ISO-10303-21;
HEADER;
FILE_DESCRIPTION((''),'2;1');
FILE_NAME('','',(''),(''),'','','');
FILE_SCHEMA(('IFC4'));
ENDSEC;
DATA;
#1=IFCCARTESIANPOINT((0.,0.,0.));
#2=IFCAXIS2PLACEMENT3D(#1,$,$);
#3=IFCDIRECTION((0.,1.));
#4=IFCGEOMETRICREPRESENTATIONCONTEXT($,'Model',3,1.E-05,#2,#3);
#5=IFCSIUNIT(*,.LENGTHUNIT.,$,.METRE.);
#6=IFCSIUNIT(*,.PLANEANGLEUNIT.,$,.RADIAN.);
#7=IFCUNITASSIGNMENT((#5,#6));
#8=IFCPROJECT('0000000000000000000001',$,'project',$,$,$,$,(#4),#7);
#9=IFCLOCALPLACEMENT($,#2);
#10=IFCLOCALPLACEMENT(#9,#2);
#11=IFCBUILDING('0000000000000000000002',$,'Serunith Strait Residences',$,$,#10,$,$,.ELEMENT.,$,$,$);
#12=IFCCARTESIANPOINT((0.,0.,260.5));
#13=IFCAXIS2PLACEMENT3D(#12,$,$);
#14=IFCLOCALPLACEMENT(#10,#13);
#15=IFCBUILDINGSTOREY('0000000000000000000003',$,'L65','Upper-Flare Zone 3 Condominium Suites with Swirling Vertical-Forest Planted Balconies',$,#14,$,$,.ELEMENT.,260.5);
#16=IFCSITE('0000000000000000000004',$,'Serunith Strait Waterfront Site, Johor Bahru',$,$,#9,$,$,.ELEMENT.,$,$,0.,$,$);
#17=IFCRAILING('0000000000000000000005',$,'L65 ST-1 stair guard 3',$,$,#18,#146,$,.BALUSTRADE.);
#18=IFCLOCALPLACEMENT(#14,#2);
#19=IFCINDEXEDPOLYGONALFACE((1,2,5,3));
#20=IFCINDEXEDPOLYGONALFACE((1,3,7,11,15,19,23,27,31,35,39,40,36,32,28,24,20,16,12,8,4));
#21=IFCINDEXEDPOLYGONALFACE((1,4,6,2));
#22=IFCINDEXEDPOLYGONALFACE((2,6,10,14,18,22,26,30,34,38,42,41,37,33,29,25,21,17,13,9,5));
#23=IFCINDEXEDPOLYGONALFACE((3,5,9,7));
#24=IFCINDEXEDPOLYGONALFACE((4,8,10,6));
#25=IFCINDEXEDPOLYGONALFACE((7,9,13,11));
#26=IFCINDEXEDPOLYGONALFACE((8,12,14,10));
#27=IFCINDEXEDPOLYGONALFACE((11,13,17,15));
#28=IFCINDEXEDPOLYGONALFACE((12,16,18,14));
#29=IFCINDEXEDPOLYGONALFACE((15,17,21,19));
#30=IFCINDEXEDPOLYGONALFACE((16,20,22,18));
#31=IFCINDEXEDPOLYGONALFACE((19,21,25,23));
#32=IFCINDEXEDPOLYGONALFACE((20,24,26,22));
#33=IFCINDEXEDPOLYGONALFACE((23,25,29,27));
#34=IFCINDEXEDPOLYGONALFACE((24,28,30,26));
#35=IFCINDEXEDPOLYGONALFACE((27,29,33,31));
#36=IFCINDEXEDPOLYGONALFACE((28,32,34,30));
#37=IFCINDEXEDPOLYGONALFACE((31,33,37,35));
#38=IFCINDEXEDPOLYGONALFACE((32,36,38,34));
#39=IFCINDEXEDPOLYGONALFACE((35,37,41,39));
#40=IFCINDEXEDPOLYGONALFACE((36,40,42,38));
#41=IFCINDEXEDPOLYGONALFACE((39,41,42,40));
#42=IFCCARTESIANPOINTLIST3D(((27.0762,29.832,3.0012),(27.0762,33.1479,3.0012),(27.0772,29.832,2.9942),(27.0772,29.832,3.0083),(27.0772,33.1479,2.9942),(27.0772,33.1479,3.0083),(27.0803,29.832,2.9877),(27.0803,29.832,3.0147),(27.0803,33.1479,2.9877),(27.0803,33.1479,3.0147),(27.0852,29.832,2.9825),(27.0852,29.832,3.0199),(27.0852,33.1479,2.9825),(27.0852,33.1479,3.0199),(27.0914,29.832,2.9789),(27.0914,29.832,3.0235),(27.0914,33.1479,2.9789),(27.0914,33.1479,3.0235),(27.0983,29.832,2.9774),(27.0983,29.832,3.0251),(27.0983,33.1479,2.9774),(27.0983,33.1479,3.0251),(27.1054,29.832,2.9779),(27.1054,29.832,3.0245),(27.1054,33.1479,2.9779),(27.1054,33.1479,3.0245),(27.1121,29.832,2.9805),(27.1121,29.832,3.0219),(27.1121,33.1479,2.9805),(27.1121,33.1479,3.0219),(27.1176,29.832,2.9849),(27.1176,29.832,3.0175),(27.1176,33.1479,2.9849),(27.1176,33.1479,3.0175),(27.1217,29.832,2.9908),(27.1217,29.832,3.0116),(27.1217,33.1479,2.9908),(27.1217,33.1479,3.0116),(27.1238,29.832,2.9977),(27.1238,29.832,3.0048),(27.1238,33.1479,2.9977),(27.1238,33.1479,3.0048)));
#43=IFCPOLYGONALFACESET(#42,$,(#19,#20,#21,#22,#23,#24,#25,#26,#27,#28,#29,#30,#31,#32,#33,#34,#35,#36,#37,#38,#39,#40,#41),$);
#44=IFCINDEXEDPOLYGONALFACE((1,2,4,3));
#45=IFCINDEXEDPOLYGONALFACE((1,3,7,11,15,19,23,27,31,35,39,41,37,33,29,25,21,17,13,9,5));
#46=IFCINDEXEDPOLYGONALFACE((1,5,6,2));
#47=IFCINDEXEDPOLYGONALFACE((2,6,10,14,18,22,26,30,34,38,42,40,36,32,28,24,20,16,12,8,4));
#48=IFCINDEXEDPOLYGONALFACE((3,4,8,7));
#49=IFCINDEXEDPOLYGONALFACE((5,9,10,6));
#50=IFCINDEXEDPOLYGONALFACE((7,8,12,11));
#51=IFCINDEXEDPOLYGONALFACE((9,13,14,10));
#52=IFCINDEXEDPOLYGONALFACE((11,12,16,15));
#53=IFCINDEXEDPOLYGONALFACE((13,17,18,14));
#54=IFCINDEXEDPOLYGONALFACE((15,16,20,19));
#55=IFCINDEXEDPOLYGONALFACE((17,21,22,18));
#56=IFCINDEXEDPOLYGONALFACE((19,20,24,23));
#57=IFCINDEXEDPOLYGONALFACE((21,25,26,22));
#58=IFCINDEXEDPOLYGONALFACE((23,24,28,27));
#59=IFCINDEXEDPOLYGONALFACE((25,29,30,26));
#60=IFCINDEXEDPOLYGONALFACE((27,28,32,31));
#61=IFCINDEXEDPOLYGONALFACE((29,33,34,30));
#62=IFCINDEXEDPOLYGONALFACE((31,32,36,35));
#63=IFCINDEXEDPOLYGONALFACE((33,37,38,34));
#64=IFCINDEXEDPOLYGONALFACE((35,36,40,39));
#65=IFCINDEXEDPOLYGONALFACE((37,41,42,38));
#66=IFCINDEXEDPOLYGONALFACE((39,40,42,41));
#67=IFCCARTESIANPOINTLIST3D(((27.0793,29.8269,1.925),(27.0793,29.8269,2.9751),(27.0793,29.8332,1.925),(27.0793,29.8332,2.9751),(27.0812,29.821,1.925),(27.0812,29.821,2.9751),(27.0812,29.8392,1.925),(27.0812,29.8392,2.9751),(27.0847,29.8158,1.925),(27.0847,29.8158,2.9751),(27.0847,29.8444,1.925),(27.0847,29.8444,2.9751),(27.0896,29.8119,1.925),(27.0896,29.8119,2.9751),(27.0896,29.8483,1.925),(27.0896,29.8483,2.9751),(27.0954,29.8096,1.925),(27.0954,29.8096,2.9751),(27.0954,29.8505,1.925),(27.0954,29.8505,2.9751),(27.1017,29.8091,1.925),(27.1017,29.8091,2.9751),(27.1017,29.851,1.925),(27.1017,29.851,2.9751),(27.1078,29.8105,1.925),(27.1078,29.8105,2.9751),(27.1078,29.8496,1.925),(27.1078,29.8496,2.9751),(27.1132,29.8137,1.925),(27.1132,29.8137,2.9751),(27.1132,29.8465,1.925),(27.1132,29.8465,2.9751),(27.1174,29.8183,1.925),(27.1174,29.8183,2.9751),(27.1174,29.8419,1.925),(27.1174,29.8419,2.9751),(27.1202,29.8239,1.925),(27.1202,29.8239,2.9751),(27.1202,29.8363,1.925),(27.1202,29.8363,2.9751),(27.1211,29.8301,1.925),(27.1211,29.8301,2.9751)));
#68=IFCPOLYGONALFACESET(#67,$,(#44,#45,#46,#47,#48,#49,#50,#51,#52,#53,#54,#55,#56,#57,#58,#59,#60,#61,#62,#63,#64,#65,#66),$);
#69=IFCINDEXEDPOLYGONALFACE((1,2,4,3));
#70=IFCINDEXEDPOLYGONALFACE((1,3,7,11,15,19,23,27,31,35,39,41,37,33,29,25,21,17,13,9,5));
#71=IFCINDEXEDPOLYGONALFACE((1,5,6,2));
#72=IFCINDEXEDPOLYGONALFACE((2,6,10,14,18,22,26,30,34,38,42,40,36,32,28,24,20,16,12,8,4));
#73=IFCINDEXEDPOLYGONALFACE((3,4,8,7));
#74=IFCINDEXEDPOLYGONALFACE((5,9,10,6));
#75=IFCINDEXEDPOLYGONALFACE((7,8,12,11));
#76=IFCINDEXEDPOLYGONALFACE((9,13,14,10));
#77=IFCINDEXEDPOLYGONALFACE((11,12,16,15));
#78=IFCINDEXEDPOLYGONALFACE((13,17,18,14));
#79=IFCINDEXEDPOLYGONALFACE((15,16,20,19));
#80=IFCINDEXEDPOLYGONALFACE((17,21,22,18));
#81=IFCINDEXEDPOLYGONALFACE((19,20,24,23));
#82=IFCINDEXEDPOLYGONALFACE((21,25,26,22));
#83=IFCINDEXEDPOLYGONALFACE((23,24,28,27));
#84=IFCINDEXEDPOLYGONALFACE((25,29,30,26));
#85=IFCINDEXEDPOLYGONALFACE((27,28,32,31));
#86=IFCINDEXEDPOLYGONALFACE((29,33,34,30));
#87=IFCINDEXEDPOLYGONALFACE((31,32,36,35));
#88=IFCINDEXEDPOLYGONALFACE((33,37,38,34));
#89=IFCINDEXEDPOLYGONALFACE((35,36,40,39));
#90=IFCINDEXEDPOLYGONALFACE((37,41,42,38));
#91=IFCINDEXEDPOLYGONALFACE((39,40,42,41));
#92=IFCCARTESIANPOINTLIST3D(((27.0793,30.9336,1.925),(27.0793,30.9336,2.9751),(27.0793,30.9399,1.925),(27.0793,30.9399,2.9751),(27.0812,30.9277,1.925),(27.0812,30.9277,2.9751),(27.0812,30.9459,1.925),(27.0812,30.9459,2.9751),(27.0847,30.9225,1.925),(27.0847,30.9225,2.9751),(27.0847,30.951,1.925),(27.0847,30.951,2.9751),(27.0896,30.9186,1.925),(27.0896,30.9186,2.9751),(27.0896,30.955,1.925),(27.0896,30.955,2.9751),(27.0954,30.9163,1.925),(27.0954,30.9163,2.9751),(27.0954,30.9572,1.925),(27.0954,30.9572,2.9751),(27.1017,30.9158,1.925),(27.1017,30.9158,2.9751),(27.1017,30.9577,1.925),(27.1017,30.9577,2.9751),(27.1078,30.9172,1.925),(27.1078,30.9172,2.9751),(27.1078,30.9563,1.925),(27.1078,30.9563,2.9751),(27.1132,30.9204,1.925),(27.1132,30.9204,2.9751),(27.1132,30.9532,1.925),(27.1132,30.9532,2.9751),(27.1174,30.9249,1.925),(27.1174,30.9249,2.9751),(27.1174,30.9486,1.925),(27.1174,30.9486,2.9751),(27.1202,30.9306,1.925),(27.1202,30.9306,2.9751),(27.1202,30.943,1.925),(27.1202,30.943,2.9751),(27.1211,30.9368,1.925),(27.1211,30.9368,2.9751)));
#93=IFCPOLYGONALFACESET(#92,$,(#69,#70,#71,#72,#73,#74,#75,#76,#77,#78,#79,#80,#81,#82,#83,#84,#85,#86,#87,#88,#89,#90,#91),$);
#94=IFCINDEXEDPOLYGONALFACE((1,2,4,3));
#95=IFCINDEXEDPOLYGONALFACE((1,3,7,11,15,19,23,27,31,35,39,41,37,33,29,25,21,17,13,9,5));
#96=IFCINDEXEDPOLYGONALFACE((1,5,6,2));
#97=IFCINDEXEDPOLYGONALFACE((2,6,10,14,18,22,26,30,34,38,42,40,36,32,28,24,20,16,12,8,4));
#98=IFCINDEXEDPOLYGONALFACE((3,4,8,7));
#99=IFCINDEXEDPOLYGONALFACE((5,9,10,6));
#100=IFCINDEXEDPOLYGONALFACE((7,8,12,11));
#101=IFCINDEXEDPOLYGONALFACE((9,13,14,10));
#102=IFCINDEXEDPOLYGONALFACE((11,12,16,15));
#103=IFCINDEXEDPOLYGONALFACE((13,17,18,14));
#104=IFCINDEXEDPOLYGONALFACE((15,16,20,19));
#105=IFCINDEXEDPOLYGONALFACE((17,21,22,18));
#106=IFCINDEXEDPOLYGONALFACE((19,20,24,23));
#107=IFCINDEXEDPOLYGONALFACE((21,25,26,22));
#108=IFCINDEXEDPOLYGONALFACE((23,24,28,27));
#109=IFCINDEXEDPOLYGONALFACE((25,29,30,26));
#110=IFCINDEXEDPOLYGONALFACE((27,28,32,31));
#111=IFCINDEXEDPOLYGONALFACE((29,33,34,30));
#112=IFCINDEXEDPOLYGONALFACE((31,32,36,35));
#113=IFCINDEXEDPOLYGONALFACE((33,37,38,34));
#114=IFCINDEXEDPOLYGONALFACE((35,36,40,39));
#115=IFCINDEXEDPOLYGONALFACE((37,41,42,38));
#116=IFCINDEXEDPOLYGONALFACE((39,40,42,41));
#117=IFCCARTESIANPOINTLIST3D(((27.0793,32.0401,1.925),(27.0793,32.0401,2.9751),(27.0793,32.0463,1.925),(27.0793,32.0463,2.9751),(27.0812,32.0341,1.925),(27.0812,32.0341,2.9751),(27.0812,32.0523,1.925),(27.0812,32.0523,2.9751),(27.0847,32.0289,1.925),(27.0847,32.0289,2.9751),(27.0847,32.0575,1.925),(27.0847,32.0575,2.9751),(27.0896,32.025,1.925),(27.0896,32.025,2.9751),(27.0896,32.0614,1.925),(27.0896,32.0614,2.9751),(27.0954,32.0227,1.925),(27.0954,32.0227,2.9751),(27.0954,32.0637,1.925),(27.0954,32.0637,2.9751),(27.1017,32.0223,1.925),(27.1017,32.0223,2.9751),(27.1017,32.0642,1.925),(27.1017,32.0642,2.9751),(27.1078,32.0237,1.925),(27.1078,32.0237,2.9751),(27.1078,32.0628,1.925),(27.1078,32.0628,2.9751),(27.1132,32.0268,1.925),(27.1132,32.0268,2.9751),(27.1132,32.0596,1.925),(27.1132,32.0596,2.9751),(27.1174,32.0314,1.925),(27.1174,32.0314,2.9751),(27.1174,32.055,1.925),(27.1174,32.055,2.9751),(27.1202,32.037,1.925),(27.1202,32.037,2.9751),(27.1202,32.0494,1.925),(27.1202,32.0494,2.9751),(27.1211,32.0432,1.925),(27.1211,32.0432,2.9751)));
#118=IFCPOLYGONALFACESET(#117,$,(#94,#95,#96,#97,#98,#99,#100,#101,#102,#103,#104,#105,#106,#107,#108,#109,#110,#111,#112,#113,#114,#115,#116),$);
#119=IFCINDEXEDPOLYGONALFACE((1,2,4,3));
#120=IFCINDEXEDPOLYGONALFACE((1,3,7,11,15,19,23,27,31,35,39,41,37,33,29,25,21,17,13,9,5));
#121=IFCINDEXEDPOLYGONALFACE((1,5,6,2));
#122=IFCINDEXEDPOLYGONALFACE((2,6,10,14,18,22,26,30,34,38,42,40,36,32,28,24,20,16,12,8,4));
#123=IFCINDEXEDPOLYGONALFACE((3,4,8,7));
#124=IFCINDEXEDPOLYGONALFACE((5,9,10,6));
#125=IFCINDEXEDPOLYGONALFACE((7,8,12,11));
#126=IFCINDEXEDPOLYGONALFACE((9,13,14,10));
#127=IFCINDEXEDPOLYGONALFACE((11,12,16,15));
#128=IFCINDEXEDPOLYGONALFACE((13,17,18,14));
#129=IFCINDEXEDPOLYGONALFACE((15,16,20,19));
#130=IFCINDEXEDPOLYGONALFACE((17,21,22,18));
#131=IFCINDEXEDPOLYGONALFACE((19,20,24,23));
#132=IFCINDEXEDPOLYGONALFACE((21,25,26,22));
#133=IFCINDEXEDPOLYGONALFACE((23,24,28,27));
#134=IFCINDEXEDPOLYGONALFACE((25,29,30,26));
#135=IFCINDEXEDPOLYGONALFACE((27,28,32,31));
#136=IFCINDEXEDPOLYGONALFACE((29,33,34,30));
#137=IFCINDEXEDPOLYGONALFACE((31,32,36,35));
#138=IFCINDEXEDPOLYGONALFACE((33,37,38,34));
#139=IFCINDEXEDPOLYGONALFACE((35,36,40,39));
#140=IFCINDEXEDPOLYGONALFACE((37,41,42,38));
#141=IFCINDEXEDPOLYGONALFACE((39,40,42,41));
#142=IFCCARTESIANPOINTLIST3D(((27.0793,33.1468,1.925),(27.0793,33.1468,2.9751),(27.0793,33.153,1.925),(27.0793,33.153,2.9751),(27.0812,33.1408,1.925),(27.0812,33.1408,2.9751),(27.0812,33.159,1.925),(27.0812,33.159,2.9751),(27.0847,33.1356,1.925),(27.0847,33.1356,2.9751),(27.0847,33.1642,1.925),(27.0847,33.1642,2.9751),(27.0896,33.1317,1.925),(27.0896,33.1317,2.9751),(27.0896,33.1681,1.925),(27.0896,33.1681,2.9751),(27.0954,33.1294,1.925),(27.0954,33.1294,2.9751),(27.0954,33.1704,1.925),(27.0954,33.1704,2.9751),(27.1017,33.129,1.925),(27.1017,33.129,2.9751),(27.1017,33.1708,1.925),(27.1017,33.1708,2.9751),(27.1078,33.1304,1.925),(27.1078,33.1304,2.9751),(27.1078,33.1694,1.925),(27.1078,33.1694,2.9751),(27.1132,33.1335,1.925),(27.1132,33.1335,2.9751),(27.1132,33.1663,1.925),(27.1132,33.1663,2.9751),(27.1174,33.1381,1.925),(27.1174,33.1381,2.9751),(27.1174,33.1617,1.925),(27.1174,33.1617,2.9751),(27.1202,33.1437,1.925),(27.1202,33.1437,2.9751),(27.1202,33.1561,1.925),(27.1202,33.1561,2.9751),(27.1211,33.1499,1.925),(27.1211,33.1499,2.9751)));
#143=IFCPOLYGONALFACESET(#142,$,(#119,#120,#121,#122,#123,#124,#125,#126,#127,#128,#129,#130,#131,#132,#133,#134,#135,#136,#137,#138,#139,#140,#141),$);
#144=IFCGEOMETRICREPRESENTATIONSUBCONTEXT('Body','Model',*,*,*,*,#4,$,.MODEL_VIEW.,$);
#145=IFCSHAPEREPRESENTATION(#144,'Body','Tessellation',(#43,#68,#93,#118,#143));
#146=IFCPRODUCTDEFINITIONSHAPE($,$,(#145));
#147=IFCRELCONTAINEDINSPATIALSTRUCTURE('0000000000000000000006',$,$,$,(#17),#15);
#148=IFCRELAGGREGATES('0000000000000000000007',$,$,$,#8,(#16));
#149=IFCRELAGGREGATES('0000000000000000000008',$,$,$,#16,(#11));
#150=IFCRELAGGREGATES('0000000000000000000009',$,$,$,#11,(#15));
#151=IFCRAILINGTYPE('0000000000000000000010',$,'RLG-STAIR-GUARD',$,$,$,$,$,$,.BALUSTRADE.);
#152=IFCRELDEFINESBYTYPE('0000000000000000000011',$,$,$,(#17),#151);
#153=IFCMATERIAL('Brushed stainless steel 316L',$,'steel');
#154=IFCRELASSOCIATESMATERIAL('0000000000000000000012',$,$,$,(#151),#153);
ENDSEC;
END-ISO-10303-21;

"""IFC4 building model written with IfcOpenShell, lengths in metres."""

from ifc_helpers import new_model, si_unit, direction, frame, origin, origin_2d, place, context, subcontext, project, spatial, circle, extrude, material, type_object, element, save


model = new_model("IFC4")

# Units and contexts
model_context = context("Model", 3, precision=1e-05, world=origin(), true_north=direction((0.0, 1.0)))
body_context = subcontext(model_context, "Body", "Model", "MODEL_VIEW")
ifc_project = project(units=[si_unit("LENGTHUNIT", "METRE"), si_unit("PLANEANGLEUNIT", "RADIAN")], contexts=[model_context])

# Site, building, storey
site_placement = place(None, origin())
site = spatial("IfcSite", under=ifc_project, at=site_placement, Name="Serunith Strait Waterfront Site, Johor Bahru", CompositionType="ELEMENT", RefElevation=0.0)
building_placement = place(site_placement, origin())
building = spatial("IfcBuilding", under=site, at=building_placement, Name="Serunith Strait Residences", CompositionType="ELEMENT")
storey_placement = place(building_placement, frame((0.0, 0.0, 260.5)))
storey = spatial("IfcBuildingStorey", under=building, at=storey_placement, Name="L65", Description="Upper-Flare Zone 3 Condominium Suites with Swirling Vertical-Forest Planted Balconies", CompositionType="ELEMENT", Elevation=260.5)

# Railing
ifc_material_1 = material(Name="Brushed stainless steel 316L", Category="steel")
railing_type_1 = type_object("IfcRailingType", Name="RLG-STAIR-GUARD", PredefinedType="BALUSTRADE", material=ifc_material_1)
for number, where, name in (
    (1, (27.1001, 29.8301, 1.925), "L65 ST-1 stair guard 3"),
):
    element("IfcRailing", number, at=place(storey_placement, frame(where)), inside=storey, type_object=railing_type_1, Name=name, PredefinedType="BALUSTRADE", context=body_context, shape_type="SweptSolid", body=[
        extrude(circle(Radius=0.0239, at=origin_2d()), frame((0.0, 0.002, 1.0762), z_axis=(0.0, 1.0, 0.0), x_axis=(-1.0, 0.0, 0.0)), (0.0, 0.0, 1.0), 3.3159),
        extrude(circle(Radius=0.021, at=origin_2d()), origin(), (0.0, 0.0, 1.0), 1.05),
        extrude(circle(Radius=0.021, at=origin_2d()), frame((0.0, 1.1067, 0.0)), (0.0, 0.0, 1.0), 1.05),
        extrude(circle(Radius=0.021, at=origin_2d()), frame((0.0, 2.2131, 0.0)), (0.0, 0.0, 1.0), 1.05),
        extrude(circle(Radius=0.021, at=origin_2d()), frame((0.0, 3.3198, 0.0)), (0.0, 0.0, 1.0), 1.05),
    ])

save(model, "model.ifc")
